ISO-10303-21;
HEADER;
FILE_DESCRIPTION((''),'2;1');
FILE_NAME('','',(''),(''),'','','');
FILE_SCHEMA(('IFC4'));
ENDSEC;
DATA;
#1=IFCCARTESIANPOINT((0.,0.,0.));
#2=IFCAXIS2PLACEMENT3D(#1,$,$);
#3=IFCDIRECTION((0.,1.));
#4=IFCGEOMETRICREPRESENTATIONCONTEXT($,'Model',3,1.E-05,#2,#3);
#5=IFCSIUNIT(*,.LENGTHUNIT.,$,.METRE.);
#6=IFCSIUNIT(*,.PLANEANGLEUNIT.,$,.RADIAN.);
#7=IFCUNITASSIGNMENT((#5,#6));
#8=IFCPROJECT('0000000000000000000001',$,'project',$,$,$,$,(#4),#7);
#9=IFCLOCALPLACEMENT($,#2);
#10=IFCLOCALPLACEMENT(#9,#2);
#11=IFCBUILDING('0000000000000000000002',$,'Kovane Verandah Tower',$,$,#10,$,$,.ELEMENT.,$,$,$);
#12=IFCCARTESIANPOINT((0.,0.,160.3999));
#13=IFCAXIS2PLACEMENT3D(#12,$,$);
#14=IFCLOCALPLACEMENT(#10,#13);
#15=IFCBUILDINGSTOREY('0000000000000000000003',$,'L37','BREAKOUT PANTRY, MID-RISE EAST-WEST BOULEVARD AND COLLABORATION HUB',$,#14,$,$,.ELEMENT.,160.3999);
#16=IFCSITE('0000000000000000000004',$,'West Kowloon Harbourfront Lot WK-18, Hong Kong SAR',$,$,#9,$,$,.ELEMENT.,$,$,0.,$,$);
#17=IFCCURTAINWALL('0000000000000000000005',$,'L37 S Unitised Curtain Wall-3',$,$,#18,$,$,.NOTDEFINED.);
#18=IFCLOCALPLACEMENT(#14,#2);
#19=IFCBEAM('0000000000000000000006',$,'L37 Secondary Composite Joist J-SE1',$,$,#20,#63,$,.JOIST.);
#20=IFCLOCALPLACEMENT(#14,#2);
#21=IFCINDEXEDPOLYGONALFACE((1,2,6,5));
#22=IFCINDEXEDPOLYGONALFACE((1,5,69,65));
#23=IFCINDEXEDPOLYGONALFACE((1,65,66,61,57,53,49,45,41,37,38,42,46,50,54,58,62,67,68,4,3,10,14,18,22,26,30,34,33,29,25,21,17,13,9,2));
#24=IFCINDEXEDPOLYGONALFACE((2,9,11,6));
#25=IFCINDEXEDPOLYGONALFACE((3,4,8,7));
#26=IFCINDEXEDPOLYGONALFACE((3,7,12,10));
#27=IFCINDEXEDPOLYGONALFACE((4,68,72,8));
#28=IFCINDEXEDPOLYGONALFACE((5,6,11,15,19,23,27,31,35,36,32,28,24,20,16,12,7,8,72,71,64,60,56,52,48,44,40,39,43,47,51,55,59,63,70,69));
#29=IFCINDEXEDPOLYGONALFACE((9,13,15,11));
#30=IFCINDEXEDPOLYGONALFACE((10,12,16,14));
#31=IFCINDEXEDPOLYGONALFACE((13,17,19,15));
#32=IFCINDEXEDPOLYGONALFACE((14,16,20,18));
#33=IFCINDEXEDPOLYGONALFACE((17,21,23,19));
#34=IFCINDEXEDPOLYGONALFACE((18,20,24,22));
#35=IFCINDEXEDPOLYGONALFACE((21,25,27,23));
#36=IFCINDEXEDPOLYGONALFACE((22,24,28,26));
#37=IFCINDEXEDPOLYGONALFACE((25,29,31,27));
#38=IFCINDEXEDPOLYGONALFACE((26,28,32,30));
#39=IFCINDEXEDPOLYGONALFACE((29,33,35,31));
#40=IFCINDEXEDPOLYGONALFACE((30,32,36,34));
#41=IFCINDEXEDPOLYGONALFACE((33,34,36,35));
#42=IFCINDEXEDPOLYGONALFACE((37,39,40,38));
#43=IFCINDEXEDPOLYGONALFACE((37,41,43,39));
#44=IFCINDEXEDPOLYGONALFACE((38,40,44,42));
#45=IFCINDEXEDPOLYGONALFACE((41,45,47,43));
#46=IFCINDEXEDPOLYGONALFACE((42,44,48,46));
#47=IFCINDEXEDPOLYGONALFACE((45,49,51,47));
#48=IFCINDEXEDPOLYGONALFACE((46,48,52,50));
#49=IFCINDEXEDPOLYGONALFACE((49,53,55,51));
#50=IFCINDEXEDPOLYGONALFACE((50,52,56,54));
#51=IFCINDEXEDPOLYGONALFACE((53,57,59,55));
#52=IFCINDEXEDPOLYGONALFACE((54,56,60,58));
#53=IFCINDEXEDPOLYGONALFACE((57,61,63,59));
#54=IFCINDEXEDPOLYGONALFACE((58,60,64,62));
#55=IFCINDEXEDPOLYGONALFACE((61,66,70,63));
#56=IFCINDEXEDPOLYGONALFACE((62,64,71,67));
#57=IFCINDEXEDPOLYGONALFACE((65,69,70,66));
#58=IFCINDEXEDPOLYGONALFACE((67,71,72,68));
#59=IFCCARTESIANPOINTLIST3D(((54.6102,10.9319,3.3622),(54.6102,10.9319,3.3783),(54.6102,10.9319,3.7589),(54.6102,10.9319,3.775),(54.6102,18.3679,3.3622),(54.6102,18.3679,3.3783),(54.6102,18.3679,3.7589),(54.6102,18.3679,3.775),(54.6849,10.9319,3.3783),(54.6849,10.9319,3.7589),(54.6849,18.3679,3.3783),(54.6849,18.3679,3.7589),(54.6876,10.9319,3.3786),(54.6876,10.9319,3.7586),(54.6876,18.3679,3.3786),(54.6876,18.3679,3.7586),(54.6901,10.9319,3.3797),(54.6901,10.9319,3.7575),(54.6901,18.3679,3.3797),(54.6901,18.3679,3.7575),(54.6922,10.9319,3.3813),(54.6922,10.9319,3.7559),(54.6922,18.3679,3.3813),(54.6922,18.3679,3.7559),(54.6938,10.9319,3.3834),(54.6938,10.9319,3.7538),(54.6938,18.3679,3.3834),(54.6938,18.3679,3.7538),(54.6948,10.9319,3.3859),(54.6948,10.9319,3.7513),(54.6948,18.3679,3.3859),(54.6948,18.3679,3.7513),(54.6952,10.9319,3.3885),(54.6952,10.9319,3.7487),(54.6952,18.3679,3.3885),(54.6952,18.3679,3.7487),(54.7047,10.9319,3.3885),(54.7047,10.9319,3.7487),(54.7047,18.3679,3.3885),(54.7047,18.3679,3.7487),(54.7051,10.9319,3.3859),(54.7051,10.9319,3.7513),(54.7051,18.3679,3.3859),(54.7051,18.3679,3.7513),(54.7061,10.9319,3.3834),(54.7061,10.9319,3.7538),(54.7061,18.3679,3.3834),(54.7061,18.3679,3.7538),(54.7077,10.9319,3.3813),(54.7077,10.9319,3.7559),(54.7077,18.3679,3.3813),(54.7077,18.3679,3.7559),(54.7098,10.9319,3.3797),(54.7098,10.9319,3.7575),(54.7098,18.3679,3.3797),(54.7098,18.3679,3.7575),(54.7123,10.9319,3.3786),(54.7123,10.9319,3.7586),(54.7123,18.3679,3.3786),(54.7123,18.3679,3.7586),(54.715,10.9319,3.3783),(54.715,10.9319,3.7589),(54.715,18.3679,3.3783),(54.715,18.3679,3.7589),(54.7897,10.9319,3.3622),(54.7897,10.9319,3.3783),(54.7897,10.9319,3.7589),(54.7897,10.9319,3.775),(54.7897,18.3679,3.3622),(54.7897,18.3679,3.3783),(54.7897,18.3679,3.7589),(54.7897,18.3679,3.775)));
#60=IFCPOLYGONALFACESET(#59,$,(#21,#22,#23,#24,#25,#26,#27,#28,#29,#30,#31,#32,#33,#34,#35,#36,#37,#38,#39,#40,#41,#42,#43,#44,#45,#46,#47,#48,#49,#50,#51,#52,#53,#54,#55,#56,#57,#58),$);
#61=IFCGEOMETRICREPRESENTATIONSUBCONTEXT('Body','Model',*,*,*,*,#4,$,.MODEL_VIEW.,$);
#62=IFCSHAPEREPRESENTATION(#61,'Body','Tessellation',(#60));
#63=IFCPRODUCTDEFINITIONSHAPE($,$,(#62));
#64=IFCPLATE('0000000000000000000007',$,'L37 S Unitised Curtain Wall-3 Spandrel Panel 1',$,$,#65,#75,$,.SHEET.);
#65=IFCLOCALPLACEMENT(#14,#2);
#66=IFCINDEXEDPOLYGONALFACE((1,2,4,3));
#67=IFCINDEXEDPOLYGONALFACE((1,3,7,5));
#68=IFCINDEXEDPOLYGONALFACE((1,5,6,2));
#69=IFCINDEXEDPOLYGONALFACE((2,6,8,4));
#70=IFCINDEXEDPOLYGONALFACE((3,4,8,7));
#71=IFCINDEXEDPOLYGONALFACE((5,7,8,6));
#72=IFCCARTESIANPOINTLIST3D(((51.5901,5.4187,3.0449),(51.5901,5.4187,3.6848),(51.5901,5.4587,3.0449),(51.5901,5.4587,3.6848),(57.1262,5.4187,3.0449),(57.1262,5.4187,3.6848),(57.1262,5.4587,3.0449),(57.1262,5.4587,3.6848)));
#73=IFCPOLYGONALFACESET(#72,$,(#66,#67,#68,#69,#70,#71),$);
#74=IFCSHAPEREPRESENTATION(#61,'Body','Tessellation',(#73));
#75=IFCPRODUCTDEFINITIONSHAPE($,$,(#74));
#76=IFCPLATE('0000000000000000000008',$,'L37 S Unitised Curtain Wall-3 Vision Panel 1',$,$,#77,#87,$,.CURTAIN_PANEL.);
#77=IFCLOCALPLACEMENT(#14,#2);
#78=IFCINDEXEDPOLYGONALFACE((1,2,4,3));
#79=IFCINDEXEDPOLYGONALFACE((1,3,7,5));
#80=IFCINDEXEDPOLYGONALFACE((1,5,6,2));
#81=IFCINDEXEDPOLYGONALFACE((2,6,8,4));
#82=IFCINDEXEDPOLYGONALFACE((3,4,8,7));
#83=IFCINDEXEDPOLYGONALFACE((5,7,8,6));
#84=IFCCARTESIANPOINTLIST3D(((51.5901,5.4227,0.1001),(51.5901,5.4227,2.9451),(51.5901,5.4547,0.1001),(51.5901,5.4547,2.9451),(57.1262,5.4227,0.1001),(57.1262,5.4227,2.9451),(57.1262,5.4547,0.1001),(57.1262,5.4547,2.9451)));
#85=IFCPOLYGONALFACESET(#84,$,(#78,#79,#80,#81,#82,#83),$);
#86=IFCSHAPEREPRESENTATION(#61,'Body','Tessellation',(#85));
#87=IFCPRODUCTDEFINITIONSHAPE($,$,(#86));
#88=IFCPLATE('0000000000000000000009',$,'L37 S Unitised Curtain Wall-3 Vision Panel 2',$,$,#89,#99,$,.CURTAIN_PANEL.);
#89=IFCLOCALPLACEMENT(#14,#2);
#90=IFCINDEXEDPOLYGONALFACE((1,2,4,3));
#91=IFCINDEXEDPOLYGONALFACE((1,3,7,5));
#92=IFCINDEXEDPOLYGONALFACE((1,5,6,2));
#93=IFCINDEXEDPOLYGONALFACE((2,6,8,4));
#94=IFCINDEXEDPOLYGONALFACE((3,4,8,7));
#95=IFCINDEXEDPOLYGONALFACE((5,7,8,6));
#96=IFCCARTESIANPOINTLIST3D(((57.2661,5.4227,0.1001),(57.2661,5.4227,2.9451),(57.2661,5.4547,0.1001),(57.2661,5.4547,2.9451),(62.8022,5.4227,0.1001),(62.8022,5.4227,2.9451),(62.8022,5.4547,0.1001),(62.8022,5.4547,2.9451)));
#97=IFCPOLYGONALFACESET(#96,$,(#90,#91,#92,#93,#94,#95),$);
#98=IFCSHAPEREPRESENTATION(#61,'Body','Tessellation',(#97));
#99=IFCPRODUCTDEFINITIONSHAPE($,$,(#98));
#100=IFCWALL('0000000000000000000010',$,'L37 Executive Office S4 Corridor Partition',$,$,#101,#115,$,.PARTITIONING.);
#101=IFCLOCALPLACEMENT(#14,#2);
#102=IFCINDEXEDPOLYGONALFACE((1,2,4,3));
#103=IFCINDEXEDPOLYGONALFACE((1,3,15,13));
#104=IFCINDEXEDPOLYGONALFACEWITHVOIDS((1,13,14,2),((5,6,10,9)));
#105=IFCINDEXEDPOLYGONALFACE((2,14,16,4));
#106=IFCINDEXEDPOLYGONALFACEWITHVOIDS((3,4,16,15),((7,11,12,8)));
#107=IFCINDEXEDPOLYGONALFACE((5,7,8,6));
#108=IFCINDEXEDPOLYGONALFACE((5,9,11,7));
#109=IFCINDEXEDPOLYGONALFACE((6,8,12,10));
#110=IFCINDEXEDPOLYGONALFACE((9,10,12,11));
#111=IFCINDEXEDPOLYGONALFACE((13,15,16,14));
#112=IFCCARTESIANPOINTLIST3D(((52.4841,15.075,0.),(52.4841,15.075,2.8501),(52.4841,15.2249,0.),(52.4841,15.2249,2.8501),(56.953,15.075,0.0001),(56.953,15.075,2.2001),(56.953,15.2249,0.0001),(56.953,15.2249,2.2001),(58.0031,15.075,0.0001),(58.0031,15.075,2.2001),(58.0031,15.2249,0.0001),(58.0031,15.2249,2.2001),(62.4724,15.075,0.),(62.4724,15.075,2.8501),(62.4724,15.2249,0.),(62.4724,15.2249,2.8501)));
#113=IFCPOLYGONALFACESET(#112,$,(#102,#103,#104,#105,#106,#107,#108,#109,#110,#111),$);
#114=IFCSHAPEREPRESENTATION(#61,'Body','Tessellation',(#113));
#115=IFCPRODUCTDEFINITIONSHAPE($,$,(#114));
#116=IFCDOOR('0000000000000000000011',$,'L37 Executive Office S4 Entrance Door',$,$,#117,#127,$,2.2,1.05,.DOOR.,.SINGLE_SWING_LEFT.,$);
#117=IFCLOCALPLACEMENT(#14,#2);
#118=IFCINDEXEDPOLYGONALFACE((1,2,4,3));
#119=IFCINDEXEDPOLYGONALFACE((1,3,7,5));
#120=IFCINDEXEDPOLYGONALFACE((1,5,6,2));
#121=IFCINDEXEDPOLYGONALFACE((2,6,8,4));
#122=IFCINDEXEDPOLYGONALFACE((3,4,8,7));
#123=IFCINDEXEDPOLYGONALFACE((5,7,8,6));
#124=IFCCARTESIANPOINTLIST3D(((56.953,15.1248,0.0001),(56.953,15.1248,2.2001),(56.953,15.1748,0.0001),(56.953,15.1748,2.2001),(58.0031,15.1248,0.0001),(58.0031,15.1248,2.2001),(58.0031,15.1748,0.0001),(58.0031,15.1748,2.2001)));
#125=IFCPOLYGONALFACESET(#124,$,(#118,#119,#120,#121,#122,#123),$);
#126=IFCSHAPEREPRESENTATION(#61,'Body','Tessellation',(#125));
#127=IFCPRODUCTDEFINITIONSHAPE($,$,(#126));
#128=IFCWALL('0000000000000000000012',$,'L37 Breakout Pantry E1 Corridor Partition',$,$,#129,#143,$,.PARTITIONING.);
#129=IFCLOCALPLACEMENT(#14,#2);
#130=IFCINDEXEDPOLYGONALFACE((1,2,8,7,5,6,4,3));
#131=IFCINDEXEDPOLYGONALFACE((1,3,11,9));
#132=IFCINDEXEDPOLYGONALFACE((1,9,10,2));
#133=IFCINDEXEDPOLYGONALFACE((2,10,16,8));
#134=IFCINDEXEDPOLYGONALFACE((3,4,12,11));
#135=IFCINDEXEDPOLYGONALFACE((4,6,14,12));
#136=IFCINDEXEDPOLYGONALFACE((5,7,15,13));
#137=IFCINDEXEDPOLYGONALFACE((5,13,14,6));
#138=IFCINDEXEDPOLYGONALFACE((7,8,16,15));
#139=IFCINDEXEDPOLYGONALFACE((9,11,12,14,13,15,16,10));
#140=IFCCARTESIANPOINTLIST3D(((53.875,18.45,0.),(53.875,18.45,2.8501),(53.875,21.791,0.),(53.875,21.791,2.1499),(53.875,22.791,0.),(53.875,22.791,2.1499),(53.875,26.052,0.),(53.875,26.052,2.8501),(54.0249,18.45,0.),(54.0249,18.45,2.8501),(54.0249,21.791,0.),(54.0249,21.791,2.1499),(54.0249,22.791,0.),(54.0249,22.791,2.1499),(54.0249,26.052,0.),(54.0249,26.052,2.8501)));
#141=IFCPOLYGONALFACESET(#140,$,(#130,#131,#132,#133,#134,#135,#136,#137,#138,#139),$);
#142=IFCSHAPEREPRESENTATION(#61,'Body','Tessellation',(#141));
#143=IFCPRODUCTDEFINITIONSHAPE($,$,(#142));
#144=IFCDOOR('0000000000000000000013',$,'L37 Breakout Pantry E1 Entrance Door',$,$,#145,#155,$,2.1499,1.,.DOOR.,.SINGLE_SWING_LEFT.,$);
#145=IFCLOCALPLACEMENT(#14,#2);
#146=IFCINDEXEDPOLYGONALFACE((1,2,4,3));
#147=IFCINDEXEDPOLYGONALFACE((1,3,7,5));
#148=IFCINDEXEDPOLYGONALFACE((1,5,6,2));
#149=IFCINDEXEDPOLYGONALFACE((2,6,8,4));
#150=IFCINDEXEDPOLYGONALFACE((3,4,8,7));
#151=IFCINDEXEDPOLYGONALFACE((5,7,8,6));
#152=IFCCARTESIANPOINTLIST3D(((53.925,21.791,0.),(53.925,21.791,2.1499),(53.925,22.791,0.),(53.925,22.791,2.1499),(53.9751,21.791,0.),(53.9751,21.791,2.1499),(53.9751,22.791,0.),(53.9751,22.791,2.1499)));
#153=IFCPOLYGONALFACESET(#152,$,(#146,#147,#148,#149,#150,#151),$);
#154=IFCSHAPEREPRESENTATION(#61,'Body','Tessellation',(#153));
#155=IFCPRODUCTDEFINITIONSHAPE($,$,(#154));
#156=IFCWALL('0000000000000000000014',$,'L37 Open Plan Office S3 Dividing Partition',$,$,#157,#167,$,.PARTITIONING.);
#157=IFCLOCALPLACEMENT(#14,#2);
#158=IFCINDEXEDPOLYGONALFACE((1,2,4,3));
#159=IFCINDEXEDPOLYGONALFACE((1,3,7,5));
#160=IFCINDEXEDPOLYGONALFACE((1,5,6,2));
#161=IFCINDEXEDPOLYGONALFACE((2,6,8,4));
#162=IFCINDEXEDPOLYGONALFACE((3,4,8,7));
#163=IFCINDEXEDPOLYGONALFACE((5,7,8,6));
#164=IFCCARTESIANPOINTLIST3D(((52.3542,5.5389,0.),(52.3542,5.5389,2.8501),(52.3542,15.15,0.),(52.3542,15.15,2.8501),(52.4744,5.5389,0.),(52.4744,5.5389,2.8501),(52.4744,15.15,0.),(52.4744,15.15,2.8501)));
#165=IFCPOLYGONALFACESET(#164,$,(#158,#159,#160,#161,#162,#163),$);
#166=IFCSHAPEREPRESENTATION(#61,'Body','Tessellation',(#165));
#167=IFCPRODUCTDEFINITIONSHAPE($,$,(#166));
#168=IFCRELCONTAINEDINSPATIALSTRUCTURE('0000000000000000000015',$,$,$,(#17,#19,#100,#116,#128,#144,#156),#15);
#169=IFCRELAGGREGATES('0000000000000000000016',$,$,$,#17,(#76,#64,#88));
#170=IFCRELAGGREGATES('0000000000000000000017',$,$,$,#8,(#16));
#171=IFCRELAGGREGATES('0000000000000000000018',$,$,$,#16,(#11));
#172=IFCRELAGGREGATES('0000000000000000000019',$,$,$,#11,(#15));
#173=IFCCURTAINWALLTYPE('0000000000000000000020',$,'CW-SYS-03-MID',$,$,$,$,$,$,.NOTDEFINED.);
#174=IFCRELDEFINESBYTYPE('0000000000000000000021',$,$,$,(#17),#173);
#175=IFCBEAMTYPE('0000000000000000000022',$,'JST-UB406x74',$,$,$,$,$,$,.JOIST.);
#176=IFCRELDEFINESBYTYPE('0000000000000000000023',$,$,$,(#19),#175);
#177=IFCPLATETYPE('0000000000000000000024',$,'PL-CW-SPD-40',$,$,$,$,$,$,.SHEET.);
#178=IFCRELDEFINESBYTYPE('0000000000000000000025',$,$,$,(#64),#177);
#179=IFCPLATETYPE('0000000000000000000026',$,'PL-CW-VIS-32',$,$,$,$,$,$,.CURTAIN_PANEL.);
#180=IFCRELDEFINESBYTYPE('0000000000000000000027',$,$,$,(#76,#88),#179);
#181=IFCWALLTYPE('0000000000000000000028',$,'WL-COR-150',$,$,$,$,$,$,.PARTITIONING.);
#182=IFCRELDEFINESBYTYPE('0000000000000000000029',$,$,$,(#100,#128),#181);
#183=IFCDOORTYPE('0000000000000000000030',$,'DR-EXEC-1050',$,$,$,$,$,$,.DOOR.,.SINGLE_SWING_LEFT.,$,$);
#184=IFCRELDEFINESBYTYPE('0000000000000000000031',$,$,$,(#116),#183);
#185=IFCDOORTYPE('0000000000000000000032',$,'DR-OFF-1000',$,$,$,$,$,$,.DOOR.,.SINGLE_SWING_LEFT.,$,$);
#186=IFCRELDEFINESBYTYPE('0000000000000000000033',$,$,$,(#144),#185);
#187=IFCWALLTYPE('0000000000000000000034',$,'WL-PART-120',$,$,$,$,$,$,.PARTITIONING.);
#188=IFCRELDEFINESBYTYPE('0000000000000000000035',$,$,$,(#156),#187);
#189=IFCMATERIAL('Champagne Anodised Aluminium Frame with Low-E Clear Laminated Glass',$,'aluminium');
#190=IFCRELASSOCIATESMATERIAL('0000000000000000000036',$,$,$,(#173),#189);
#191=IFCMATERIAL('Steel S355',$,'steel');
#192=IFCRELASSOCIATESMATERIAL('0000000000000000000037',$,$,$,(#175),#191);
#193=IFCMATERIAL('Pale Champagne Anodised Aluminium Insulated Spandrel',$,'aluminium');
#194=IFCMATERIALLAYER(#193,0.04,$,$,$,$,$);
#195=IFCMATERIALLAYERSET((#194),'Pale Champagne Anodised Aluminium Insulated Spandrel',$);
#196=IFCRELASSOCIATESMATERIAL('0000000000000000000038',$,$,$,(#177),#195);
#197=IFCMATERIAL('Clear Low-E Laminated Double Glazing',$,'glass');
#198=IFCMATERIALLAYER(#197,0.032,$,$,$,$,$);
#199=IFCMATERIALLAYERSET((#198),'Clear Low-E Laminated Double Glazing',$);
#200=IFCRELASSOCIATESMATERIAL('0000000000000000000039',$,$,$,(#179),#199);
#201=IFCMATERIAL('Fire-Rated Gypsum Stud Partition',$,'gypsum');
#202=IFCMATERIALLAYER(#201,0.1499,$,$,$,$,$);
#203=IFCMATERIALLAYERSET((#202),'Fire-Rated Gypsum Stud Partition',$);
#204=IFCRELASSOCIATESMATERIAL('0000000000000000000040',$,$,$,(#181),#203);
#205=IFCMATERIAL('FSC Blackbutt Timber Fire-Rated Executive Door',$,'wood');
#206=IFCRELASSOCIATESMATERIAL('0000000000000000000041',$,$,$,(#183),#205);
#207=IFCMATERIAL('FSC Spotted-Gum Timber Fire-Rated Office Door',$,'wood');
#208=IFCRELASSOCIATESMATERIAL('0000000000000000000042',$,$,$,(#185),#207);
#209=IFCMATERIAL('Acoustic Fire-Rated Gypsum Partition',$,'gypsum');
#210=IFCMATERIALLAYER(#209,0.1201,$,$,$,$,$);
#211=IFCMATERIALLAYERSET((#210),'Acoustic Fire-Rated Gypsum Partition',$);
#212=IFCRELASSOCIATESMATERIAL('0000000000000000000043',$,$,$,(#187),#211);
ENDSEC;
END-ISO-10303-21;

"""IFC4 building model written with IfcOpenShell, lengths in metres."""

from ifc_helpers import new_model, si_unit, direction, frame, frame_2d, origin, origin_2d, place, context, subcontext, project, spatial, rectangle, i_section, extrude, material, layer, layer_set, material_profile, profile_set, type_object, element, fill, aggregate, save


model = new_model("IFC4")

# Units and contexts
model_context = context("Model", 3, precision=1e-05, world=origin(), true_north=direction((0.0, 1.0)))
body_context = subcontext(model_context, "Body", "Model", "MODEL_VIEW")
ifc_project = project(units=[si_unit("LENGTHUNIT", "METRE"), si_unit("PLANEANGLEUNIT", "RADIAN")], contexts=[model_context])

# Site, building, storey
site_placement = place(None, origin())
site = spatial("IfcSite", under=ifc_project, at=site_placement, Name="West Kowloon Harbourfront Lot WK-18, Hong Kong SAR", CompositionType="ELEMENT", RefElevation=0.0)
building_placement = place(site_placement, origin())
building = spatial("IfcBuilding", under=site, at=building_placement, Name="Kovane Verandah Tower", CompositionType="ELEMENT")
storey_placement = place(building_placement, frame((0.0, 0.0, 160.3999)))
storey = spatial("IfcBuildingStorey", under=building, at=storey_placement, Name="L37", Description="BREAKOUT PANTRY, MID-RISE EAST-WEST BOULEVARD AND COLLABORATION HUB", CompositionType="ELEMENT", Elevation=160.3999)

# Shared definitions
ifc_material_1 = material(Name="Steel S355", Category="steel")

# Curtain wall
ifc_material_2 = material(Name="Champagne Anodised Aluminium Frame with Low-E Clear Laminated Glass", Category="aluminium")
curtain_wall_type = type_object("IfcCurtainWallType", Name="CW-SYS-03-MID", PredefinedType="NOTDEFINED", material=ifc_material_2)
curtain_wall_placement = place(storey_placement, origin())
curtain_wall = element("IfcCurtainWall", 1, at=curtain_wall_placement, inside=storey, type_object=curtain_wall_type, Name="L37 S Unitised Curtain Wall-3", PredefinedType="NOTDEFINED")

# Beam
ifc_material_profile_1 = material_profile(ifc_material_1, i_section(OverallWidth=0.1794, OverallDepth=0.4128, WebThickness=0.0095, FlangeThickness=0.0161, FilletRadius=0.0103, at=origin_2d()), Name="UB406x178x74")
ifc_profile_set_1 = profile_set([ifc_material_profile_1], Name="Steel S355")
beam_type_1 = type_object("IfcBeamType", Name="JST-UB406x74", PredefinedType="JOIST", material=ifc_profile_set_1)
beam_1_placement = place(storey_placement, frame((54.7, 10.9319, 3.5686), z_axis=(0.0, 1.0, 0.0), x_axis=(-1.0, 0.0, 0.0)))
element("IfcBeam", 2, at=beam_1_placement, inside=storey, type_object=beam_type_1, Name="L37 Secondary Composite Joist J-SE1", PredefinedType="JOIST", context=body_context, shape_type="SweptSolid", body=[
    extrude(i_section(OverallWidth=0.1794, OverallDepth=0.4128, WebThickness=0.0095, FlangeThickness=0.0161, FilletRadius=0.0103, at=origin_2d()), origin(), (0.0, 0.0, 1.0), 7.436),
])

# Plates
ifc_material_3 = material(Name="Pale Champagne Anodised Aluminium Insulated Spandrel", Category="aluminium")
ifc_layer_1 = layer(ifc_material_3, 0.04)
ifc_layer_set_1 = layer_set([ifc_layer_1], Name="Pale Champagne Anodised Aluminium Insulated Spandrel")
plate_type_1 = type_object("IfcPlateType", Name="PL-CW-SPD-40", PredefinedType="SHEET", material=ifc_layer_set_1)
plate_1_placement = place(storey_placement, frame((54.3582, 5.4387, 3.0449), z_axis=(0.0, 0.0, 1.0), x_axis=(1.0, 0.0, 0.0)))
plate_1 = element("IfcPlate", 3, at=plate_1_placement, type_object=plate_type_1, Name="L37 S Unitised Curtain Wall-3 Spandrel Panel 1", PredefinedType="SHEET", context=body_context, shape_type="SweptSolid", body=[
    extrude(rectangle(XDim=5.5361, YDim=0.04, at=origin_2d()), origin(), (0.0, 0.0, 1.0), 0.6399),
])
ifc_material_4 = material(Name="Clear Low-E Laminated Double Glazing", Category="glass")
ifc_layer_2 = layer(ifc_material_4, 0.032)
ifc_layer_set_2 = layer_set([ifc_layer_2], Name="Clear Low-E Laminated Double Glazing")
plate_type_2 = type_object("IfcPlateType", Name="PL-CW-VIS-32", PredefinedType="CURTAIN_PANEL", material=ifc_layer_set_2)
plate_2_placement = place(storey_placement, frame((54.3582, 5.4387, 0.1001), z_axis=(0.0, 0.0, 1.0), x_axis=(1.0, 0.0, 0.0)))
plate_2 = element("IfcPlate", 4, at=plate_2_placement, type_object=plate_type_2, Name="L37 S Unitised Curtain Wall-3 Vision Panel 1", PredefinedType="CURTAIN_PANEL", context=body_context, shape_type="SweptSolid", body=[
    extrude(rectangle(XDim=5.5361, YDim=0.032, at=origin_2d()), origin(), (0.0, 0.0, 1.0), 2.845),
])
plate_3_placement = place(storey_placement, frame((60.0342, 5.4387, 0.1001), z_axis=(0.0, 0.0, 1.0), x_axis=(1.0, 0.0, 0.0)))
plate_3 = element("IfcPlate", 5, at=plate_3_placement, type_object=plate_type_2, Name="L37 S Unitised Curtain Wall-3 Vision Panel 2", PredefinedType="CURTAIN_PANEL", context=body_context, shape_type="SweptSolid", body=[
    extrude(rectangle(XDim=5.5361, YDim=0.032, at=origin_2d()), origin(), (0.0, 0.0, 1.0), 2.845),
])
aggregate(curtain_wall, [plate_2, plate_1, plate_3])

# Walls, openings, doors
ifc_material_5 = material(Name="Fire-Rated Gypsum Stud Partition", Category="gypsum")
ifc_layer_3 = layer(ifc_material_5, 0.1499)
ifc_layer_set_3 = layer_set([ifc_layer_3], Name="Fire-Rated Gypsum Stud Partition")
wall_type_1 = type_object("IfcWallType", Name="WL-COR-150", PredefinedType="PARTITIONING", material=ifc_layer_set_3)
wall_1_placement = place(storey_placement, frame((52.4841, 15.1499, 0.0), z_axis=(0.0, 0.0, 1.0), x_axis=(1.0, 0.0, 0.0)))
wall_1 = element("IfcWall", 6, at=wall_1_placement, inside=storey, type_object=wall_type_1, Name="L37 Executive Office S4 Corridor Partition", PredefinedType="PARTITIONING", context=body_context, shape_type="SweptSolid", body=[
    extrude(rectangle(XDim=9.9883, YDim=0.1499, at=frame_2d((4.9941, 0.0))), origin(), (0.0, 0.0, 1.0), 2.8501),
])
opening_1_placement = place(wall_1_placement, frame((4.469, 0.0, 0.0)))
opening_1 = element("IfcOpeningElement", 7, at=opening_1_placement, cuts=wall_1, PredefinedType="OPENING", context=body_context, shape_type="SweptSolid", body=[
    extrude(rectangle(XDim=1.05, YDim=2.2, at=frame_2d((0.5249, 1.1001))), frame((0.0, 0.075, 0.0), z_axis=(0.0, -1.0, 0.0), x_axis=(1.0, 0.0, 0.0)), (0.0, 0.0, 1.0), 0.1499),
])
ifc_material_6 = material(Name="FSC Blackbutt Timber Fire-Rated Executive Door", Category="wood")
door_type_1 = type_object("IfcDoorType", Name="DR-EXEC-1050", OperationType="SINGLE_SWING_LEFT", PredefinedType="DOOR", material=ifc_material_6)
door_1_placement = place(opening_1_placement, origin())
door_1 = element("IfcDoor", 8, at=door_1_placement, inside=storey, type_object=door_type_1, Name="L37 Executive Office S4 Entrance Door", OperationType="SINGLE_SWING_LEFT", OverallHeight=2.2, OverallWidth=1.05, PredefinedType="DOOR", context=body_context, shape_type="SweptSolid", body=[
    extrude(rectangle(XDim=1.05, YDim=2.2, at=frame_2d((0.5249, 1.1001))), frame((0.0, 0.0249, 0.0), z_axis=(0.0, -1.0, 0.0), x_axis=(1.0, 0.0, 0.0)), (0.0, 0.0, 1.0), 0.05),
])
fill(opening_1, door_1)
wall_2_placement = place(storey_placement, frame((53.95, 18.45, 0.0), z_axis=(0.0, 0.0, 1.0), x_axis=(0.0, 1.0, 0.0)))
wall_2 = element("IfcWall", 9, at=wall_2_placement, inside=storey, type_object=wall_type_1, Name="L37 Breakout Pantry E1 Corridor Partition", PredefinedType="PARTITIONING", context=body_context, shape_type="SweptSolid", body=[
    extrude(rectangle(XDim=7.6021, YDim=0.1499, at=frame_2d((3.801, 0.0))), origin(), (0.0, 0.0, 1.0), 2.8501),
])
opening_2_placement = place(wall_2_placement, frame((3.3411, 0.0, 0.0)))
opening_2 = element("IfcOpeningElement", 10, at=opening_2_placement, cuts=wall_2, PredefinedType="OPENING", context=body_context, shape_type="SweptSolid", body=[
    extrude(rectangle(XDim=1.0, YDim=2.1499, at=frame_2d((0.5, 1.075))), frame((0.0, 0.075, 0.0), z_axis=(0.0, -1.0, 0.0), x_axis=(1.0, 0.0, 0.0)), (0.0, 0.0, 1.0), 0.1499),
])
ifc_material_7 = material(Name="FSC Spotted-Gum Timber Fire-Rated Office Door", Category="wood")
door_type_2 = type_object("IfcDoorType", Name="DR-OFF-1000", OperationType="SINGLE_SWING_LEFT", PredefinedType="DOOR", material=ifc_material_7)
door_2_placement = place(opening_2_placement, origin())
door_2 = element("IfcDoor", 11, at=door_2_placement, inside=storey, type_object=door_type_2, Name="L37 Breakout Pantry E1 Entrance Door", OperationType="SINGLE_SWING_LEFT", OverallHeight=2.1499, OverallWidth=1.0, PredefinedType="DOOR", context=body_context, shape_type="SweptSolid", body=[
    extrude(rectangle(XDim=1.0, YDim=2.1499, at=frame_2d((0.5, 1.075))), frame((0.0, 0.0249, 0.0), z_axis=(0.0, -1.0, 0.0), x_axis=(1.0, 0.0, 0.0)), (0.0, 0.0, 1.0), 0.05),
])
fill(opening_2, door_2)

# Wall
ifc_material_8 = material(Name="Acoustic Fire-Rated Gypsum Partition", Category="gypsum")
ifc_layer_4 = layer(ifc_material_8, 0.1201)
ifc_layer_set_4 = layer_set([ifc_layer_4], Name="Acoustic Fire-Rated Gypsum Partition")
wall_type_2 = type_object("IfcWallType", Name="WL-PART-120", PredefinedType="PARTITIONING", material=ifc_layer_set_4)
wall_3_placement = place(storey_placement, frame((52.4143, 5.5388, 0.0), z_axis=(0.0, 0.0, 1.0), x_axis=(0.0, 1.0, 0.0)))
element("IfcWall", 12, at=wall_3_placement, inside=storey, type_object=wall_type_2, Name="L37 Open Plan Office S3 Dividing Partition", PredefinedType="PARTITIONING", context=body_context, shape_type="SweptSolid", body=[
    extrude(rectangle(XDim=9.6111, YDim=0.1201, at=frame_2d((4.8057, 0.0))), origin(), (0.0, 0.0, 1.0), 2.8501),
])

save(model, "model.ifc")
